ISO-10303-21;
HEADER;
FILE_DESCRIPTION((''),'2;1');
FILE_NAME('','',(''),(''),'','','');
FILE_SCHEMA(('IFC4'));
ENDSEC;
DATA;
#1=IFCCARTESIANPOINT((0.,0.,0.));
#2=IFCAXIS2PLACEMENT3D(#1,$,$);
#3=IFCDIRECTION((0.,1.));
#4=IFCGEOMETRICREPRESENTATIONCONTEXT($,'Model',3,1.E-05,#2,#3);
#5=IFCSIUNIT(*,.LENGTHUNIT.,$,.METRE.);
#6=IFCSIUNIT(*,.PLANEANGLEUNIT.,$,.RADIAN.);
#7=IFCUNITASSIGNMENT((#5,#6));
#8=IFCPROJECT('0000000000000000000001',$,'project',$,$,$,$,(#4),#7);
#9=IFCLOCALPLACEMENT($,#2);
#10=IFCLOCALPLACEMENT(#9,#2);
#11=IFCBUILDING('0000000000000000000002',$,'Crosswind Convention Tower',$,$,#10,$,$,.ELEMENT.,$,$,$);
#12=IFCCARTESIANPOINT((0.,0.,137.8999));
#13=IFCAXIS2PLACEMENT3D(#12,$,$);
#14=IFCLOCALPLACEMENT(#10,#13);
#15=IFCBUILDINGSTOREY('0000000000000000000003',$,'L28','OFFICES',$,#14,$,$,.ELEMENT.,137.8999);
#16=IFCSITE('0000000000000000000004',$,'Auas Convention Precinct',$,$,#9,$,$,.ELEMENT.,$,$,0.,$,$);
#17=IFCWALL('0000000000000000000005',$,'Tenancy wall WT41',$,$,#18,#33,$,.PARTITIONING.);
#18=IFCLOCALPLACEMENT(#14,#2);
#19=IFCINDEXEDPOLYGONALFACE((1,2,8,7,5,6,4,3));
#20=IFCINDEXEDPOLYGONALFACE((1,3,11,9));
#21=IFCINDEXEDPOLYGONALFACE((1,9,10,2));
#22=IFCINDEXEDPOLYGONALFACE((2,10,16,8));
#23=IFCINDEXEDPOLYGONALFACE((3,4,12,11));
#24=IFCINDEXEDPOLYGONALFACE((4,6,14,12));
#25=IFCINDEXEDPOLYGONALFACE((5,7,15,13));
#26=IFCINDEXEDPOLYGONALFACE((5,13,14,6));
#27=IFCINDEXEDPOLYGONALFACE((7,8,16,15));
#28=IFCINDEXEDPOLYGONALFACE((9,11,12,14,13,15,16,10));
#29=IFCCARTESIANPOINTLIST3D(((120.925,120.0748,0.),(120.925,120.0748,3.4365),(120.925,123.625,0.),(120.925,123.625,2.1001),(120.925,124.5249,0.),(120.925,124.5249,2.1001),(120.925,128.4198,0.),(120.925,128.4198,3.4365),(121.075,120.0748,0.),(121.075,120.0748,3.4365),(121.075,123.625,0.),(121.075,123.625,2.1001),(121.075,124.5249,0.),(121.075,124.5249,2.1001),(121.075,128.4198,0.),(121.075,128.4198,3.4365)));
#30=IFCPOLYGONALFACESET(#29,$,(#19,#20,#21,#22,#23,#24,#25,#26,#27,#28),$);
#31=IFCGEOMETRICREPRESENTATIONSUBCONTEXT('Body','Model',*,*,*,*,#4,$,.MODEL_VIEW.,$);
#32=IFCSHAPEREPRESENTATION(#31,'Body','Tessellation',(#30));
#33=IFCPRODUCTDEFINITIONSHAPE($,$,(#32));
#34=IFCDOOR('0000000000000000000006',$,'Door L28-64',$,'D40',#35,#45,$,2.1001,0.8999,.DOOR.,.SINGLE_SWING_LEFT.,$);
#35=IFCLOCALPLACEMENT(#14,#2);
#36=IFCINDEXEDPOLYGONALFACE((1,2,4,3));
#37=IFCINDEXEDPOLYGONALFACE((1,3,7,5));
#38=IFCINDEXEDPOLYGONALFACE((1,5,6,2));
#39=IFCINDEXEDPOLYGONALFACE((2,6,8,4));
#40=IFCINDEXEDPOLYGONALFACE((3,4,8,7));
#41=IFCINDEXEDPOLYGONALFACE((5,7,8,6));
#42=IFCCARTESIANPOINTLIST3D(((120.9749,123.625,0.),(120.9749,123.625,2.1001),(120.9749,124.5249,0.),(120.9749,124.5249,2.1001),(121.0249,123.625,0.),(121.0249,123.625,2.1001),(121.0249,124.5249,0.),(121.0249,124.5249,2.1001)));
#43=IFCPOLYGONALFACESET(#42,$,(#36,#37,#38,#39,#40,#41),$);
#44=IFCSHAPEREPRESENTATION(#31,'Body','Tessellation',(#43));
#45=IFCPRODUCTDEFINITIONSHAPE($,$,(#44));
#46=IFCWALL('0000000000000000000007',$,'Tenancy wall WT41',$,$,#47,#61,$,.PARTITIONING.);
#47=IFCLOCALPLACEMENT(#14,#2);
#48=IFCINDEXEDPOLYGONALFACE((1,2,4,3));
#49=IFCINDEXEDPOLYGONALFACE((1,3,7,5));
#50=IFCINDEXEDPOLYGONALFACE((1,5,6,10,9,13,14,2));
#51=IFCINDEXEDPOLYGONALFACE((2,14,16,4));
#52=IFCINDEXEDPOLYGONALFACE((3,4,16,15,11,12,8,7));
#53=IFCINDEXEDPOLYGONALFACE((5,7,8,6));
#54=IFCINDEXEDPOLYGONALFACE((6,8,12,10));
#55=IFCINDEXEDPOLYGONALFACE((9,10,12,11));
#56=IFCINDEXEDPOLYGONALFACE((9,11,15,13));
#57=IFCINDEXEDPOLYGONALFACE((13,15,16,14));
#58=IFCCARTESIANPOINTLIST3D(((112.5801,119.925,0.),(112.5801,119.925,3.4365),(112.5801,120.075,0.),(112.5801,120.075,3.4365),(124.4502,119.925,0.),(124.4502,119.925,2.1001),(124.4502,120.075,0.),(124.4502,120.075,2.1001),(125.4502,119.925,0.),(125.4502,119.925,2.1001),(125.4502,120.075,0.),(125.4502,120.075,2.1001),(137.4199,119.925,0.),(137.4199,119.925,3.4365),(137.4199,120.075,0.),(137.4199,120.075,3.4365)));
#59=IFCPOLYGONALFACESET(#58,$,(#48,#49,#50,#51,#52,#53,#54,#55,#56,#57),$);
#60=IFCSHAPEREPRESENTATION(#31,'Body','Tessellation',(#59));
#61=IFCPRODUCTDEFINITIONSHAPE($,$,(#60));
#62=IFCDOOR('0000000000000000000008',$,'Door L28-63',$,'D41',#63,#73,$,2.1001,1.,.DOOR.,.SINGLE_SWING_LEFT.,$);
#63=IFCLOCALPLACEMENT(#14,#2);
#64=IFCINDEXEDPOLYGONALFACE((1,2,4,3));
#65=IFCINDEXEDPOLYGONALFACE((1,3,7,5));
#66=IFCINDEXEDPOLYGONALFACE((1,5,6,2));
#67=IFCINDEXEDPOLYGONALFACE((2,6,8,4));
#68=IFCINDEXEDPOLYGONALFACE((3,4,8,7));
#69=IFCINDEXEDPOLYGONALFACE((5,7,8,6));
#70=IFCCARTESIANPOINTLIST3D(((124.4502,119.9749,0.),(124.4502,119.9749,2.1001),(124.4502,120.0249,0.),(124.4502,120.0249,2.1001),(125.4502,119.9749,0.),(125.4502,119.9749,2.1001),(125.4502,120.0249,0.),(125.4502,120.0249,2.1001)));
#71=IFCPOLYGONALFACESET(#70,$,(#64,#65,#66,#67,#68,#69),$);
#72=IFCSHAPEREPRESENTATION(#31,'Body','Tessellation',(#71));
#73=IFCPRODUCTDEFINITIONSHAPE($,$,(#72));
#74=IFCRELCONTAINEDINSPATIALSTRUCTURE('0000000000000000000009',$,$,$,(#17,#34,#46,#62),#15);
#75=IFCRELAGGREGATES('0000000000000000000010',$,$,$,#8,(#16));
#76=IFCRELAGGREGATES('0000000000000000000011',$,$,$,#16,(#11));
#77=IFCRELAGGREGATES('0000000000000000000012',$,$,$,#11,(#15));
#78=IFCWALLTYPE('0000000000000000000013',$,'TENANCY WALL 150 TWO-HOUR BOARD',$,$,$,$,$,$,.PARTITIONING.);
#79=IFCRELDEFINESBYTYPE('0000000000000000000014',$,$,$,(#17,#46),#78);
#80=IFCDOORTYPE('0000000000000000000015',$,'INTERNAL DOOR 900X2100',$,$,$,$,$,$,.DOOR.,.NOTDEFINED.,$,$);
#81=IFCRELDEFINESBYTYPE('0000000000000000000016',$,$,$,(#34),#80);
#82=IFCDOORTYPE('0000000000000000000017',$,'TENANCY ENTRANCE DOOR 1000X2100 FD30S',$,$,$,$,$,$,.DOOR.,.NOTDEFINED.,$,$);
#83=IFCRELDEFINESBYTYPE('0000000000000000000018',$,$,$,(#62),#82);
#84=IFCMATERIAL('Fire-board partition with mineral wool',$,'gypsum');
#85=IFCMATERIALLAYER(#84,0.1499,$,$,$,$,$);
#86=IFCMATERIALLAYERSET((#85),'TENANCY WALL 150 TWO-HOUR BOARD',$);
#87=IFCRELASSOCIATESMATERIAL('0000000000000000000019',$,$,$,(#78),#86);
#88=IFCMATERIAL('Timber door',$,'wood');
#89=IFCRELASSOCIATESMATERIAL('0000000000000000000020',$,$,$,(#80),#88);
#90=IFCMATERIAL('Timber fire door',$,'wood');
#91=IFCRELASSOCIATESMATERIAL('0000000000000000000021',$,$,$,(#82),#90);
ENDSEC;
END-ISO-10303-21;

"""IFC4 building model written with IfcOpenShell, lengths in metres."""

from ifc_helpers import new_model, si_unit, direction, frame, frame_2d, origin, place, context, subcontext, project, spatial, rectangle, extrude, material, layer, layer_set, type_object, element, fill, save


model = new_model("IFC4")

# Units and contexts
model_context = context("Model", 3, precision=1e-05, world=origin(), true_north=direction((0.0, 1.0)))
body_context = subcontext(model_context, "Body", "Model", "MODEL_VIEW")
ifc_project = project(units=[si_unit("LENGTHUNIT", "METRE"), si_unit("PLANEANGLEUNIT", "RADIAN")], contexts=[model_context])

# Site, building, storey
site_placement = place(None, origin())
site = spatial("IfcSite", under=ifc_project, at=site_placement, Name="Auas Convention Precinct", CompositionType="ELEMENT", RefElevation=0.0)
building_placement = place(site_placement, origin())
building = spatial("IfcBuilding", under=site, at=building_placement, Name="Crosswind Convention Tower", CompositionType="ELEMENT")
storey_placement = place(building_placement, frame((0.0, 0.0, 137.8999)))
storey = spatial("IfcBuildingStorey", under=building, at=storey_placement, Name="L28", Description="OFFICES", CompositionType="ELEMENT", Elevation=137.8999)

# Walls, openings, doors
ifc_material_1 = material(Name="Fire-board partition with mineral wool", Category="gypsum")
ifc_layer_1 = layer(ifc_material_1, 0.1499)
ifc_layer_set_1 = layer_set([ifc_layer_1], Name="TENANCY WALL 150 TWO-HOUR BOARD")
wall_type = type_object("IfcWallType", Name="TENANCY WALL 150 TWO-HOUR BOARD", PredefinedType="PARTITIONING", material=ifc_layer_set_1)
wall_1_placement = place(storey_placement, frame((121.0, 120.075, 0.0), z_axis=(0.0, 0.0, 1.0), x_axis=(0.0, 1.0, 0.0)))
wall_1 = element("IfcWall", 1, at=wall_1_placement, inside=storey, type_object=wall_type, Name="Tenancy wall WT41", PredefinedType="PARTITIONING", context=body_context, shape_type="SweptSolid", body=[
    extrude(rectangle(XDim=8.345, YDim=0.1499, at=frame_2d((4.1724, 0.0))), origin(), (0.0, 0.0, 1.0), 3.4365),
])
opening_1_placement = place(wall_1_placement, frame((3.55, 0.0, 0.0)))
opening_1 = element("IfcOpeningElement", 2, at=opening_1_placement, cuts=wall_1, PredefinedType="OPENING", context=body_context, shape_type="SweptSolid", body=[
    extrude(rectangle(XDim=0.8999, YDim=2.1001, at=frame_2d((0.45, 1.05))), frame((0.0, 0.085, 0.0), z_axis=(0.0, -1.0, 0.0), x_axis=(1.0, 0.0, 0.0)), (0.0, 0.0, 1.0), 0.1699),
])
ifc_material_2 = material(Name="Timber door", Category="wood")
door_type_1 = type_object("IfcDoorType", Name="INTERNAL DOOR 900X2100", OperationType="NOTDEFINED", PredefinedType="DOOR", material=ifc_material_2)
door_1_placement = place(opening_1_placement, frame((0.8999, 0.0, 0.0), z_axis=(0.0, 0.0, 1.0), x_axis=(-1.0, 0.0, 0.0)))
door_1 = element("IfcDoor", 3, at=door_1_placement, inside=storey, type_object=door_type_1, Name="Door L28-64", ObjectType="D40", OperationType="SINGLE_SWING_LEFT", OverallHeight=2.1001, OverallWidth=0.8999, PredefinedType="DOOR", context=body_context, shape_type="SweptSolid", body=[
    extrude(rectangle(XDim=0.8999, YDim=2.1001, at=frame_2d((0.45, 1.05))), frame((0.0, 0.0249, 0.0), z_axis=(0.0, -1.0, 0.0), x_axis=(1.0, 0.0, 0.0)), (0.0, 0.0, 1.0), 0.05),
])
fill(opening_1, door_1)
wall_2_placement = place(storey_placement, frame((112.5801, 120.0, 0.0), z_axis=(0.0, 0.0, 1.0), x_axis=(1.0, 0.0, 0.0)))
wall_2 = element("IfcWall", 4, at=wall_2_placement, inside=storey, type_object=wall_type, Name="Tenancy wall WT41", PredefinedType="PARTITIONING", context=body_context, shape_type="SweptSolid", body=[
    extrude(rectangle(XDim=24.8398, YDim=0.1499, at=frame_2d((12.4199, 0.0))), origin(), (0.0, 0.0, 1.0), 3.4365),
])
opening_2_placement = place(wall_2_placement, frame((11.8701, 0.0, 0.0)))
opening_2 = element("IfcOpeningElement", 5, at=opening_2_placement, cuts=wall_2, PredefinedType="OPENING", context=body_context, shape_type="SweptSolid", body=[
    extrude(rectangle(XDim=1.0, YDim=2.1001, at=frame_2d((0.5, 1.05))), frame((0.0, 0.085, 0.0), z_axis=(0.0, -1.0, 0.0), x_axis=(1.0, 0.0, 0.0)), (0.0, 0.0, 1.0), 0.1699),
])
ifc_material_3 = material(Name="Timber fire door", Category="wood")
door_type_2 = type_object("IfcDoorType", Name="TENANCY ENTRANCE DOOR 1000X2100 FD30S", OperationType="NOTDEFINED", PredefinedType="DOOR", material=ifc_material_3)
door_2_placement = place(opening_2_placement, origin())
door_2 = element("IfcDoor", 6, at=door_2_placement, inside=storey, type_object=door_type_2, Name="Door L28-63", ObjectType="D41", OperationType="SINGLE_SWING_LEFT", OverallHeight=2.1001, OverallWidth=1.0, PredefinedType="DOOR", context=body_context, shape_type="SweptSolid", body=[
    extrude(rectangle(XDim=1.0, YDim=2.1001, at=frame_2d((0.5, 1.05))), frame((0.0, 0.0249, 0.0), z_axis=(0.0, -1.0, 0.0), x_axis=(1.0, 0.0, 0.0)), (0.0, 0.0, 1.0), 0.05),
])
fill(opening_2, door_2)

save(model, "model.ifc")
